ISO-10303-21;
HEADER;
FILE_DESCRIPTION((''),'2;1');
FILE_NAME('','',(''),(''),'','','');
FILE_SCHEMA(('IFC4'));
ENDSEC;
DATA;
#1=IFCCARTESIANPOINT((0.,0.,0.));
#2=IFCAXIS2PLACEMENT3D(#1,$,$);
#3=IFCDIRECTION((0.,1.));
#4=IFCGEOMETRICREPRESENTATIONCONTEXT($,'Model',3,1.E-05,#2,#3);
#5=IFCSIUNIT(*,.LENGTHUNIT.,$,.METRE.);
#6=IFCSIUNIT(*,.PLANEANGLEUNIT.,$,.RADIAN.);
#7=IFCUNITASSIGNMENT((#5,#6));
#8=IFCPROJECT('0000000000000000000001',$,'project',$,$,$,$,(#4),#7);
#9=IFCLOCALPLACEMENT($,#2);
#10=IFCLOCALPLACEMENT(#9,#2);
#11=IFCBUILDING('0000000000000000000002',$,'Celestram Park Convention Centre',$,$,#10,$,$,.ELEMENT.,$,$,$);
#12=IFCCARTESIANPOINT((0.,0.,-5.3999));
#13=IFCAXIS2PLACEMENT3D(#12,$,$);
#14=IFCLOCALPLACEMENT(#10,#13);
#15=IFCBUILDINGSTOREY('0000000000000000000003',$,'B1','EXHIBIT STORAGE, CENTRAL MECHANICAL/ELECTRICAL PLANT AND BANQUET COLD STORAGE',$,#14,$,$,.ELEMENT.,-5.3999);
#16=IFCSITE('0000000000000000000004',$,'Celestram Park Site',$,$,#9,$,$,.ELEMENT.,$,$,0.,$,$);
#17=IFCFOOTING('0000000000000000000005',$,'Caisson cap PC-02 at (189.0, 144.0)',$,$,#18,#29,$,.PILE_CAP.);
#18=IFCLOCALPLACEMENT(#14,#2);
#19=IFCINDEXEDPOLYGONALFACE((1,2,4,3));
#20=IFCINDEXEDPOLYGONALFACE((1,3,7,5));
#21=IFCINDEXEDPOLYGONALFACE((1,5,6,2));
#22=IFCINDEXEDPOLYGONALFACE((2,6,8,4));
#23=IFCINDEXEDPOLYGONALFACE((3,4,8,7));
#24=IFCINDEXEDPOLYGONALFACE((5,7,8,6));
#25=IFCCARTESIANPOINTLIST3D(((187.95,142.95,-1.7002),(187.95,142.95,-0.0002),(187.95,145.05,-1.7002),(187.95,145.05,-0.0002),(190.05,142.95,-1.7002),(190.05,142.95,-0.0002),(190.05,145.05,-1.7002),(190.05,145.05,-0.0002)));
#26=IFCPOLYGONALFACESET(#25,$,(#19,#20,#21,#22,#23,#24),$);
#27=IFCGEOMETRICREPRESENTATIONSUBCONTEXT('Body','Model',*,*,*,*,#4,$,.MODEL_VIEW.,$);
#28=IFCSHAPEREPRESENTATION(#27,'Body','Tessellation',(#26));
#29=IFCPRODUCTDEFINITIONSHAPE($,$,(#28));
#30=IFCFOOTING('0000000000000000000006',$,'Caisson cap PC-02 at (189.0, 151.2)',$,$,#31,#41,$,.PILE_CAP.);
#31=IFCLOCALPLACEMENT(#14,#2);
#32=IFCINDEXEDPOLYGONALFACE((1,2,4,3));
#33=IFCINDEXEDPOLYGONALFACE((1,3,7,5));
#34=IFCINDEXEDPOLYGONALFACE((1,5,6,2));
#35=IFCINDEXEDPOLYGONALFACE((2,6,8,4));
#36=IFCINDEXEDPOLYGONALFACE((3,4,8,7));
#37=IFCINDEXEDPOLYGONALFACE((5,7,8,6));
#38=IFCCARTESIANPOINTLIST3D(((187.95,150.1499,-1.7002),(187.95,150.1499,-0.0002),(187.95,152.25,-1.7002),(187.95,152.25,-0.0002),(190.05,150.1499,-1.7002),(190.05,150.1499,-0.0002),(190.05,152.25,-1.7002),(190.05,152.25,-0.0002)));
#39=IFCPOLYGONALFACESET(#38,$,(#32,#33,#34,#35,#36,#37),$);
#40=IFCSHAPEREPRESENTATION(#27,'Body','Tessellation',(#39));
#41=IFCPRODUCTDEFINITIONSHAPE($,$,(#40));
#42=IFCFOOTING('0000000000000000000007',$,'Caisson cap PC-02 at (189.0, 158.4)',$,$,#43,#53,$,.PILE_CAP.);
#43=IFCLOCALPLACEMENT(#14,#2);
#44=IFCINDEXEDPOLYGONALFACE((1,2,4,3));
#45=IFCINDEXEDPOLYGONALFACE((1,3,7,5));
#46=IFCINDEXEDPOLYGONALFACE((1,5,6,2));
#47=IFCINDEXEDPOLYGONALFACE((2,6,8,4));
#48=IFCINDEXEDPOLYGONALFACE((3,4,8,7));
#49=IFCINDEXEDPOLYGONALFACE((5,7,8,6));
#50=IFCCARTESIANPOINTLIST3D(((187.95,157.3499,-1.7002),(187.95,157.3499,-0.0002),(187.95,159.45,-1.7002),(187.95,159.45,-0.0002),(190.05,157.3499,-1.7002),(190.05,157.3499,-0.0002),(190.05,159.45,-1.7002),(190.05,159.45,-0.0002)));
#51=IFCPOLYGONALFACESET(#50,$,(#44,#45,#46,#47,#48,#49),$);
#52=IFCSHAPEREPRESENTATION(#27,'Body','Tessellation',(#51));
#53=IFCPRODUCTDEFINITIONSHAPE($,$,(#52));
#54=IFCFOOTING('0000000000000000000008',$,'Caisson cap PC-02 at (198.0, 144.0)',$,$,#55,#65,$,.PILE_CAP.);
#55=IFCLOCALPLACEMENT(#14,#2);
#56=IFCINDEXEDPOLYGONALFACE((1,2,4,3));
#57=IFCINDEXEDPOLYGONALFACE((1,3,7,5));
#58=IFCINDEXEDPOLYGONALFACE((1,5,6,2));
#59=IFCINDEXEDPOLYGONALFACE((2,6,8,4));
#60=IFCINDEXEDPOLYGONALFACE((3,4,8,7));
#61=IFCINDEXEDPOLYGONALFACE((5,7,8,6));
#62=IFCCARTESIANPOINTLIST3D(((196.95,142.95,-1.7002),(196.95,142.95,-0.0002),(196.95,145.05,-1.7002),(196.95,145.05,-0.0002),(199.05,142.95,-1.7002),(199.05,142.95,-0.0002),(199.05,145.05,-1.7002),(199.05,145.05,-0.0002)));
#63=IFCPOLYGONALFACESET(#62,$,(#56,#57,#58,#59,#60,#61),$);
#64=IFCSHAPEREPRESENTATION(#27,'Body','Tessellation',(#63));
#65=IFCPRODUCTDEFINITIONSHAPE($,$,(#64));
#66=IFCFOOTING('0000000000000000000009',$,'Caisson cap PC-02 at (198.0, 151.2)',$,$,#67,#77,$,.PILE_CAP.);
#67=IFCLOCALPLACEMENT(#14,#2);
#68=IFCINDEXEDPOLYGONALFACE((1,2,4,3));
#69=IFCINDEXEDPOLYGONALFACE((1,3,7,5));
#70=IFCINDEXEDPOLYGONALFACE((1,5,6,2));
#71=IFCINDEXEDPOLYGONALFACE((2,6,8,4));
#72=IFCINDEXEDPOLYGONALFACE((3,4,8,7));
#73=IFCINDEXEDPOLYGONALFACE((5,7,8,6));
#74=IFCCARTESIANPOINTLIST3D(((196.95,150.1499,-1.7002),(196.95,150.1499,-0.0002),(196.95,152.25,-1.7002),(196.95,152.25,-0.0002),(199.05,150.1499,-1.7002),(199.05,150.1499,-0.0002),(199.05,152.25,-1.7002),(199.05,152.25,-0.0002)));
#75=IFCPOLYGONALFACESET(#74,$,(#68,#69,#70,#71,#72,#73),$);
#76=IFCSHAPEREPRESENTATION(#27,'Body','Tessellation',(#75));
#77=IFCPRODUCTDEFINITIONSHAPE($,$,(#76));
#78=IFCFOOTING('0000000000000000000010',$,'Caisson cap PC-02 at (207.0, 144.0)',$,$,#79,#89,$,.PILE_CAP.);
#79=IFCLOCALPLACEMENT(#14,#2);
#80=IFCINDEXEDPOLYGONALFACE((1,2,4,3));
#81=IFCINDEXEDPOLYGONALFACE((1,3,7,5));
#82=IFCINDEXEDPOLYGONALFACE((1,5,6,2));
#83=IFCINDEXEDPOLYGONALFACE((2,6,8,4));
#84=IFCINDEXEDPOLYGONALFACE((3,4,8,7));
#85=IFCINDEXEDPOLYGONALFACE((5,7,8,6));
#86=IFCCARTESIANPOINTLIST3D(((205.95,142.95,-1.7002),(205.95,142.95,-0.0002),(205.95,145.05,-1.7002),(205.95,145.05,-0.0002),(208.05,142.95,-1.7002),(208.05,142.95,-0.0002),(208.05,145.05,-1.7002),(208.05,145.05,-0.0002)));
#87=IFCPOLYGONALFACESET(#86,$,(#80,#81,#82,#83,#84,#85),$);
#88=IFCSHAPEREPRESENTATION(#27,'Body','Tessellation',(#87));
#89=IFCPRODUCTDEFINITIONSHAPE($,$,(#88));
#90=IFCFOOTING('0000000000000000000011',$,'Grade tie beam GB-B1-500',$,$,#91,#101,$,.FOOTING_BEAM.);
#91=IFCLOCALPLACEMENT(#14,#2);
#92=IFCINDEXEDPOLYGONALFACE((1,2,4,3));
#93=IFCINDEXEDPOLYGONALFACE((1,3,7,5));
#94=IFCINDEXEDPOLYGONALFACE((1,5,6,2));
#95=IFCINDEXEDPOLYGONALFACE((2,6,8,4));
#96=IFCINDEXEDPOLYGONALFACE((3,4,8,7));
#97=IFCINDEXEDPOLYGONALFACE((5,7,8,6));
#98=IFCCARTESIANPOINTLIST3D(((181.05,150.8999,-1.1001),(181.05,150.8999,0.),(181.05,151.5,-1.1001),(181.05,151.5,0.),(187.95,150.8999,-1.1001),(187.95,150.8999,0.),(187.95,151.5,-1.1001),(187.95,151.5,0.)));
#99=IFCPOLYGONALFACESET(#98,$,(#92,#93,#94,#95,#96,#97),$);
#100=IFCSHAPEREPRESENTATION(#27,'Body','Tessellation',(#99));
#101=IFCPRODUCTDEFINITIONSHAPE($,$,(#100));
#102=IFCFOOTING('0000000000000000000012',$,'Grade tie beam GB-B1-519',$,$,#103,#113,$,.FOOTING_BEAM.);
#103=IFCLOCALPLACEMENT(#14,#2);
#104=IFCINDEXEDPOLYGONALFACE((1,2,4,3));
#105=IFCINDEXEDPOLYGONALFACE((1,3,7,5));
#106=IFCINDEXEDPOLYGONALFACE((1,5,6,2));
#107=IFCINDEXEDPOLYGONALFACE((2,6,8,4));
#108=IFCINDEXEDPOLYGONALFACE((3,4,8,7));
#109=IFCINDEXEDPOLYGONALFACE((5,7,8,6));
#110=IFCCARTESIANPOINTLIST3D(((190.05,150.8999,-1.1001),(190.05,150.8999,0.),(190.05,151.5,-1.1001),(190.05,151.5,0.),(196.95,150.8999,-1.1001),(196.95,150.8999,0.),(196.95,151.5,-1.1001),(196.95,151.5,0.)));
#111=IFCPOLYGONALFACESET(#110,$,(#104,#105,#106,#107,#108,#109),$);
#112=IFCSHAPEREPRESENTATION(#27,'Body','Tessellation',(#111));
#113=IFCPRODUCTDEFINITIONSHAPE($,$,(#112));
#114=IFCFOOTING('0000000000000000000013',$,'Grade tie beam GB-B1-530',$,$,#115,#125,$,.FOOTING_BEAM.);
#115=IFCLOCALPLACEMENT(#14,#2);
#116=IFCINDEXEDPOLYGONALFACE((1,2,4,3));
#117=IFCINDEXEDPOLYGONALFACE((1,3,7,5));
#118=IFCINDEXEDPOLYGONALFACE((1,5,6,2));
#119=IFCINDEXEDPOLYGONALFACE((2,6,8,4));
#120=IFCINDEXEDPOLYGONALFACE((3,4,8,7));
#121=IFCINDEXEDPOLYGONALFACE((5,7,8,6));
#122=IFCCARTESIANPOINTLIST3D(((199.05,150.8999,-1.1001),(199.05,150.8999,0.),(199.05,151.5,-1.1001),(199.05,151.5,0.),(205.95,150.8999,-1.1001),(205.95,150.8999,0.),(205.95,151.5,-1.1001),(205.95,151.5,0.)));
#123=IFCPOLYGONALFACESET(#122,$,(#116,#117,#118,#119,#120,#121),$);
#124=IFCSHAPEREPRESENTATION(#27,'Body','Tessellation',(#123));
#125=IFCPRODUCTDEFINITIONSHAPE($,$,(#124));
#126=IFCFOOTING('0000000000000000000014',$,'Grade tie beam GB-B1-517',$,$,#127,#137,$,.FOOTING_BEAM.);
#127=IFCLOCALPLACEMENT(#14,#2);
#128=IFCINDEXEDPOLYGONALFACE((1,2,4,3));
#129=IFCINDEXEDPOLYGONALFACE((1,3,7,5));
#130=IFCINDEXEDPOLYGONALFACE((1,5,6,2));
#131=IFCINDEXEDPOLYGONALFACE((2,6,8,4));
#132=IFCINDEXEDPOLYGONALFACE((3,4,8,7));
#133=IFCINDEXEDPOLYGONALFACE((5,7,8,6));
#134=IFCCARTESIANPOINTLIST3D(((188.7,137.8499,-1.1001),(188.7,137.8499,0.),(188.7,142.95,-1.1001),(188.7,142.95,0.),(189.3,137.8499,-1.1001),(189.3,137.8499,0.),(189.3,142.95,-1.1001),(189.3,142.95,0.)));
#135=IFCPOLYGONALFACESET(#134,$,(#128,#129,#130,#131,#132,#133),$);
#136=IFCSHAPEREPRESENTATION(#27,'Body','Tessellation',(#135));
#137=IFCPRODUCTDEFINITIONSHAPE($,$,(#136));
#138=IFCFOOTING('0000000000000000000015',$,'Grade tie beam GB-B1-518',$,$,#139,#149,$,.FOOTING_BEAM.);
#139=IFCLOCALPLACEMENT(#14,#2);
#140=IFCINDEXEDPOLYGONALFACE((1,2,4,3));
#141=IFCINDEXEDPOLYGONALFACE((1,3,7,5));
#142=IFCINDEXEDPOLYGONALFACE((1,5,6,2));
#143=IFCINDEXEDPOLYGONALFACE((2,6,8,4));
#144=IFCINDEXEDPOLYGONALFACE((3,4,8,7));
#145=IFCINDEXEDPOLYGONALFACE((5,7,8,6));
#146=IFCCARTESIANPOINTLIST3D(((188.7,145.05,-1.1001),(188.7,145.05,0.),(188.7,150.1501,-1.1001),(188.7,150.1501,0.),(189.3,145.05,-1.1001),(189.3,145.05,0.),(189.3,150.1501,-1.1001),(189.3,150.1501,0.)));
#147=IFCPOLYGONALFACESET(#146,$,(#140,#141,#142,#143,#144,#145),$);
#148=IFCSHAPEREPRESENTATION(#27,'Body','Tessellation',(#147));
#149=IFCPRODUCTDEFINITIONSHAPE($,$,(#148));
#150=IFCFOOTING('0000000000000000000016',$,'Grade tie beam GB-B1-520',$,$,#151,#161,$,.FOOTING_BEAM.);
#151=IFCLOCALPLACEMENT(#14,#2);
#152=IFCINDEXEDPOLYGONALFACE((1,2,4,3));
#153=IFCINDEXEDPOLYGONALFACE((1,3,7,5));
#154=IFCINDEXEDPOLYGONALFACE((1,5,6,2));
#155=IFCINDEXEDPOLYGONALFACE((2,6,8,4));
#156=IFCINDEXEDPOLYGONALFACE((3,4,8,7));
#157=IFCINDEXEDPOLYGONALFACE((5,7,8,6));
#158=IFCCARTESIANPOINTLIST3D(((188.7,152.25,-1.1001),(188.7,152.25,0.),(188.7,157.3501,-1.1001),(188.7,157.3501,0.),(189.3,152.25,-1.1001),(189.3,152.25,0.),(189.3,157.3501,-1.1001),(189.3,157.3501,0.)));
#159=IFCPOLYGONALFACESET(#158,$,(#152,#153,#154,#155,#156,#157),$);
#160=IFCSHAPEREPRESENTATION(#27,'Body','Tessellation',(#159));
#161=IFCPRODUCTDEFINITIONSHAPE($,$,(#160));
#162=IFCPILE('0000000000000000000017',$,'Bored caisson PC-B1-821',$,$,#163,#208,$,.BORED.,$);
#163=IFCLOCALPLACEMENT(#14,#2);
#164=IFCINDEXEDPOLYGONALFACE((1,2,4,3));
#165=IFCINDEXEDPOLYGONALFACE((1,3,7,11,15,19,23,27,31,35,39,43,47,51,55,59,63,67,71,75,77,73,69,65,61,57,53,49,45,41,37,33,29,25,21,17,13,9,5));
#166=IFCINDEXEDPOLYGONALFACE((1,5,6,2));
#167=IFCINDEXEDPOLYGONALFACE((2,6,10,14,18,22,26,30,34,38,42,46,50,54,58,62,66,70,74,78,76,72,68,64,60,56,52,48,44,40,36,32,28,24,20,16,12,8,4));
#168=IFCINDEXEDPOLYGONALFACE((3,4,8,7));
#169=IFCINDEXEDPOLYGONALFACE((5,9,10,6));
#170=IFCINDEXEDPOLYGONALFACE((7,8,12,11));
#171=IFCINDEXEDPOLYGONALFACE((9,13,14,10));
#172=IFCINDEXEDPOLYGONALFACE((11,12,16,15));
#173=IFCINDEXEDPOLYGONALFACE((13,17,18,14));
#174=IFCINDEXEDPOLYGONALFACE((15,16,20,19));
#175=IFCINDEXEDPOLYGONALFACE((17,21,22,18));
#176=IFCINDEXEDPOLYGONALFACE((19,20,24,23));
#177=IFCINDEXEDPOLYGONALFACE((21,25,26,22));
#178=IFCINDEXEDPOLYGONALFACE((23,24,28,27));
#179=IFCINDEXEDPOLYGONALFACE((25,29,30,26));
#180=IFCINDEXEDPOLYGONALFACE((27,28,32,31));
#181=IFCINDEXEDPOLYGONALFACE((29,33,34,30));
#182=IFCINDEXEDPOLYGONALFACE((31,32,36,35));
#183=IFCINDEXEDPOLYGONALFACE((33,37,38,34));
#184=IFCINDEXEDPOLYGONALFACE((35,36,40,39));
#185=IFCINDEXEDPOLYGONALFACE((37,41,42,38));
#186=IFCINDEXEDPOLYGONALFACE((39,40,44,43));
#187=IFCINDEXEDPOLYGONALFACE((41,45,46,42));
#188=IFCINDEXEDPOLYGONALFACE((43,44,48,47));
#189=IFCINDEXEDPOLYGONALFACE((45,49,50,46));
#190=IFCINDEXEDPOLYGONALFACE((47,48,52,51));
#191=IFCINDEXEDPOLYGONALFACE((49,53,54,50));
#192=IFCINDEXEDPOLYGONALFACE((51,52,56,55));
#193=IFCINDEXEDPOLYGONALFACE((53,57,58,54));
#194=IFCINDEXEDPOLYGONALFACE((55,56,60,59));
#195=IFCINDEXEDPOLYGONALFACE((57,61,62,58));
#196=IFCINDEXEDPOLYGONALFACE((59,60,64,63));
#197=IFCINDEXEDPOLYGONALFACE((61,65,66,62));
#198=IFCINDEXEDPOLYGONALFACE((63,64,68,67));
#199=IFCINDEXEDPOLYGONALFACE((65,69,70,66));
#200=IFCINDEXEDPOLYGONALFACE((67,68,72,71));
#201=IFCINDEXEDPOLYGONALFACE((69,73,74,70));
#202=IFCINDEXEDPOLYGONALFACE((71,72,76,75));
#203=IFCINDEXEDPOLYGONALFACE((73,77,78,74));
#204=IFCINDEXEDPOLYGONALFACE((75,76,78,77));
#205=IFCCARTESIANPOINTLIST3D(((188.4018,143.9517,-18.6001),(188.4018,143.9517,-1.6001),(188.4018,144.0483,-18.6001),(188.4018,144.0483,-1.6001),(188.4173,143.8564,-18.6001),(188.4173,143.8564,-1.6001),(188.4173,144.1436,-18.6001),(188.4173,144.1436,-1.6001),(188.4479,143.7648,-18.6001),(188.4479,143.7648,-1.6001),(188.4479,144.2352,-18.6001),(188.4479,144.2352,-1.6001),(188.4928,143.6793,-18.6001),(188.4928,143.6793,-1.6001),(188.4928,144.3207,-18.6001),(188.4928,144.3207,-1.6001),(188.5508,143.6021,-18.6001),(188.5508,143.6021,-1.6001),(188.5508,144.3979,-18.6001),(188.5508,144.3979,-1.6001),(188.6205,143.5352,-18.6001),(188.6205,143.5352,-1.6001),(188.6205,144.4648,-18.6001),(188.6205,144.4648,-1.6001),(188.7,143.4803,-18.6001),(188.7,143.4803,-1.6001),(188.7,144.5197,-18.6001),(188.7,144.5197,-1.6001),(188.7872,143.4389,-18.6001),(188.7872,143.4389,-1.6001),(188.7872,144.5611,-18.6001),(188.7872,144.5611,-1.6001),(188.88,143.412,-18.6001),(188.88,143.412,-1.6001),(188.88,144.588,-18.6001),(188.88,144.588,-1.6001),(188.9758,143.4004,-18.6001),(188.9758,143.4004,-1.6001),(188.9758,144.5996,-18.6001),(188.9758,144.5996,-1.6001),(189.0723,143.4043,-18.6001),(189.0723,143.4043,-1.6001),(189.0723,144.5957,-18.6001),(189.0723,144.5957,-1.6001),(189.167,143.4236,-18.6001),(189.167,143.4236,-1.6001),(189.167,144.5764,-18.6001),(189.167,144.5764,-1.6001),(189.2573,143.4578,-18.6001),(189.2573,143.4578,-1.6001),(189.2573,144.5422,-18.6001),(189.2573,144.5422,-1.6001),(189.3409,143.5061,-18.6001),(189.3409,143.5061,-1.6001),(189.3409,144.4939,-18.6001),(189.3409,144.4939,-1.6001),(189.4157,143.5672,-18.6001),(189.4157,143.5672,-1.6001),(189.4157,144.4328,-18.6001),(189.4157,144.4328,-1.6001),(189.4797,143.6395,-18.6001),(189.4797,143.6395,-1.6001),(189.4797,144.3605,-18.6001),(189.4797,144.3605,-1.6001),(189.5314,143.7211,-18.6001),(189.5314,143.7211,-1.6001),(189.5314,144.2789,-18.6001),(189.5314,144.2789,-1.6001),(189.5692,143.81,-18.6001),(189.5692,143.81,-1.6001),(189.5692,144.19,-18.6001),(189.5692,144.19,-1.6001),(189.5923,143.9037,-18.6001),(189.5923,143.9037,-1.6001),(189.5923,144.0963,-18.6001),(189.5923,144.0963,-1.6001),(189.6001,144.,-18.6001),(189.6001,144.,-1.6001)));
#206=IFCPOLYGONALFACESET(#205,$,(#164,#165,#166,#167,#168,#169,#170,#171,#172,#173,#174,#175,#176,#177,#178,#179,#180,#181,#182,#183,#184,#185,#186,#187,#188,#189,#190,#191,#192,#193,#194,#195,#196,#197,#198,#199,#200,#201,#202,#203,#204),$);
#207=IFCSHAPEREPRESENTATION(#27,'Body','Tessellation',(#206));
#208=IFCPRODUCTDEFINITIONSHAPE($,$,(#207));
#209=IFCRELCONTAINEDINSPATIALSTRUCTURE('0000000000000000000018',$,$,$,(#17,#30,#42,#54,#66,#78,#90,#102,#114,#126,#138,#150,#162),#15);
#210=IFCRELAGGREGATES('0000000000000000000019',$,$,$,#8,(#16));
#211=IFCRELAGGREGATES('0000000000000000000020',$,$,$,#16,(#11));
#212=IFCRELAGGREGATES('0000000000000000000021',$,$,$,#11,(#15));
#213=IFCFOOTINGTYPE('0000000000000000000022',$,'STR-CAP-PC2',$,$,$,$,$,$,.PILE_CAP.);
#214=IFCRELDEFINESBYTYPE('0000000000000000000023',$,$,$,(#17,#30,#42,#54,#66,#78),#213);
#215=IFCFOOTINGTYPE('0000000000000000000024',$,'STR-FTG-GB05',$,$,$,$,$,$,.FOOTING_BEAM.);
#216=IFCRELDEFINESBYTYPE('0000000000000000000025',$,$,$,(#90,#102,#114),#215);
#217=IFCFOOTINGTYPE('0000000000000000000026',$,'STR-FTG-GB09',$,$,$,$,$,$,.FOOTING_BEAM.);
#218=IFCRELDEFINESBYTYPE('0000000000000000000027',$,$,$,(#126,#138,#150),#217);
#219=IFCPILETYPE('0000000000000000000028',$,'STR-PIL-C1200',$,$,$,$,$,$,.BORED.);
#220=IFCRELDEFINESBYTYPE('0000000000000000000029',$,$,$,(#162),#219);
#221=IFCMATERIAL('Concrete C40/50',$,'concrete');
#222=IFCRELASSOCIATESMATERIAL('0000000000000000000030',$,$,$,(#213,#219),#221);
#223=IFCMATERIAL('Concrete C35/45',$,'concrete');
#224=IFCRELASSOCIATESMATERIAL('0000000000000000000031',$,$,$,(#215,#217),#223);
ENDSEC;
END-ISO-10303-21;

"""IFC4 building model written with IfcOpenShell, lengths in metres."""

from ifc_helpers import new_model, si_unit, direction, frame, origin, origin_2d, place, context, subcontext, project, spatial, rectangle, circle, extrude, material, material_profile, profile_set, type_object, element, save


model = new_model("IFC4")

# Units and contexts
model_context = context("Model", 3, precision=1e-05, world=origin(), true_north=direction((0.0, 1.0)))
body_context = subcontext(model_context, "Body", "Model", "MODEL_VIEW")
ifc_project = project(units=[si_unit("LENGTHUNIT", "METRE"), si_unit("PLANEANGLEUNIT", "RADIAN")], contexts=[model_context])

# Site, building, storey
site_placement = place(None, origin())
site = spatial("IfcSite", under=ifc_project, at=site_placement, Name="Celestram Park Site", CompositionType="ELEMENT", RefElevation=0.0)
building_placement = place(site_placement, origin())
building = spatial("IfcBuilding", under=site, at=building_placement, Name="Celestram Park Convention Centre", CompositionType="ELEMENT")
storey_placement = place(building_placement, frame((0.0, 0.0, -5.3999)))
storey = spatial("IfcBuildingStorey", under=building, at=storey_placement, Name="B1", Description="EXHIBIT STORAGE, CENTRAL MECHANICAL/ELECTRICAL PLANT AND BANQUET COLD STORAGE", CompositionType="ELEMENT", Elevation=-5.3999)

# Footings
ifc_material_1 = material(Name="Concrete C40/50", Category="concrete")
footing_type_1 = type_object("IfcFootingType", Name="STR-CAP-PC2", PredefinedType="PILE_CAP", material=ifc_material_1)
for number, where, z_axis, x_axis, name in (
    (1, (189.0, 144.0, -1.7002), (0.0, 0.0, 1.0), (1.0, 0.0, 0.0), "Caisson cap PC-02 at (189.0, 144.0)"),
    (2, (189.0, 151.2, -1.7002), (0.0, 0.0, 1.0), (1.0, 0.0, 0.0), "Caisson cap PC-02 at (189.0, 151.2)"),
    (3, (189.0, 158.3999, -1.7002), (0.0, 0.0, 1.0), (1.0, 0.0, 0.0), "Caisson cap PC-02 at (189.0, 158.4)"),
    (4, (198.0, 144.0, -1.7002), (0.0, 0.0, 1.0), (1.0, 0.0, 0.0), "Caisson cap PC-02 at (198.0, 144.0)"),
    (5, (198.0, 151.2, -1.7002), (0.0, 0.0, 1.0), (1.0, 0.0, 0.0), "Caisson cap PC-02 at (198.0, 151.2)"),
    (6, (207.0, 144.0, -1.7002), (0.0, 0.0, 1.0), (1.0, 0.0, 0.0), "Caisson cap PC-02 at (207.0, 144.0)"),
):
    element("IfcFooting", number, at=place(storey_placement, frame(where, z_axis=z_axis, x_axis=x_axis)), inside=storey, type_object=footing_type_1, Name=name, PredefinedType="PILE_CAP", context=body_context, shape_type="SweptSolid", body=[
        extrude(rectangle(XDim=2.1001, YDim=2.1001, at=origin_2d()), origin(), (0.0, 0.0, 1.0), 1.7),
    ])
ifc_material_2 = material(Name="Concrete C35/45", Category="concrete")
footing_type_2 = type_object("IfcFootingType", Name="STR-FTG-GB05", PredefinedType="FOOTING_BEAM", material=ifc_material_2)
for number, where, z_axis, x_axis, name in (
    (7, (184.5, 151.2, -1.1001), (0.0, 0.0, 1.0), (1.0, 0.0, 0.0), "Grade tie beam GB-B1-500"),
    (8, (193.5, 151.2, -1.1001), (0.0, 0.0, 1.0), (1.0, 0.0, 0.0), "Grade tie beam GB-B1-519"),
    (9, (202.5, 151.2, -1.1001), (0.0, 0.0, 1.0), (1.0, 0.0, 0.0), "Grade tie beam GB-B1-530"),
):
    element("IfcFooting", number, at=place(storey_placement, frame(where, z_axis=z_axis, x_axis=x_axis)), inside=storey, type_object=footing_type_2, Name=name, PredefinedType="FOOTING_BEAM", context=body_context, shape_type="SweptSolid", body=[
        extrude(rectangle(XDim=6.8999, YDim=0.6001, at=origin_2d()), origin(), (0.0, 0.0, 1.0), 1.1001),
    ])
footing_type_3 = type_object("IfcFootingType", Name="STR-FTG-GB09", PredefinedType="FOOTING_BEAM", material=ifc_material_2)
for number, where, z_axis, x_axis, name in (
    (10, (189.0, 140.3999, -1.1001), (0.0, 0.0, 1.0), (0.0, 1.0, 0.0), "Grade tie beam GB-B1-517"),
    (11, (189.0, 147.6001, -1.1001), (0.0, 0.0, 1.0), (0.0, 1.0, 0.0), "Grade tie beam GB-B1-518"),
    (12, (189.0, 154.8, -1.1001), (0.0, 0.0, 1.0), (0.0, 1.0, 0.0), "Grade tie beam GB-B1-520"),
):
    element("IfcFooting", number, at=place(storey_placement, frame(where, z_axis=z_axis, x_axis=x_axis)), inside=storey, type_object=footing_type_3, Name=name, PredefinedType="FOOTING_BEAM", context=body_context, shape_type="SweptSolid", body=[
        extrude(rectangle(XDim=5.1001, YDim=0.6001, at=origin_2d()), origin(), (0.0, 0.0, 1.0), 1.1001),
    ])

# Pile
ifc_material_profile_1 = material_profile(ifc_material_1, circle(Radius=0.6001, at=origin_2d()), Name="CAISSON1200")
ifc_profile_set_1 = profile_set([ifc_material_profile_1], Name="Concrete C40/50")
pile_type = type_object("IfcPileType", Name="STR-PIL-C1200", PredefinedType="BORED", material=ifc_profile_set_1)
for number, where, z_axis, x_axis, name in (
    (13, (189.0, 144.0, -1.6001), (0.0, 0.0, -1.0), (1.0, 0.0, 0.0), "Bored caisson PC-B1-821"),
):
    element("IfcPile", number, at=place(storey_placement, frame(where, z_axis=z_axis, x_axis=x_axis)), inside=storey, type_object=pile_type, Name=name, PredefinedType="BORED", context=body_context, shape_type="SweptSolid", body=[
        extrude(circle(Radius=0.6001, at=origin_2d()), origin(), (0.0, 0.0, 1.0), 17.0),
    ])

save(model, "model.ifc")
